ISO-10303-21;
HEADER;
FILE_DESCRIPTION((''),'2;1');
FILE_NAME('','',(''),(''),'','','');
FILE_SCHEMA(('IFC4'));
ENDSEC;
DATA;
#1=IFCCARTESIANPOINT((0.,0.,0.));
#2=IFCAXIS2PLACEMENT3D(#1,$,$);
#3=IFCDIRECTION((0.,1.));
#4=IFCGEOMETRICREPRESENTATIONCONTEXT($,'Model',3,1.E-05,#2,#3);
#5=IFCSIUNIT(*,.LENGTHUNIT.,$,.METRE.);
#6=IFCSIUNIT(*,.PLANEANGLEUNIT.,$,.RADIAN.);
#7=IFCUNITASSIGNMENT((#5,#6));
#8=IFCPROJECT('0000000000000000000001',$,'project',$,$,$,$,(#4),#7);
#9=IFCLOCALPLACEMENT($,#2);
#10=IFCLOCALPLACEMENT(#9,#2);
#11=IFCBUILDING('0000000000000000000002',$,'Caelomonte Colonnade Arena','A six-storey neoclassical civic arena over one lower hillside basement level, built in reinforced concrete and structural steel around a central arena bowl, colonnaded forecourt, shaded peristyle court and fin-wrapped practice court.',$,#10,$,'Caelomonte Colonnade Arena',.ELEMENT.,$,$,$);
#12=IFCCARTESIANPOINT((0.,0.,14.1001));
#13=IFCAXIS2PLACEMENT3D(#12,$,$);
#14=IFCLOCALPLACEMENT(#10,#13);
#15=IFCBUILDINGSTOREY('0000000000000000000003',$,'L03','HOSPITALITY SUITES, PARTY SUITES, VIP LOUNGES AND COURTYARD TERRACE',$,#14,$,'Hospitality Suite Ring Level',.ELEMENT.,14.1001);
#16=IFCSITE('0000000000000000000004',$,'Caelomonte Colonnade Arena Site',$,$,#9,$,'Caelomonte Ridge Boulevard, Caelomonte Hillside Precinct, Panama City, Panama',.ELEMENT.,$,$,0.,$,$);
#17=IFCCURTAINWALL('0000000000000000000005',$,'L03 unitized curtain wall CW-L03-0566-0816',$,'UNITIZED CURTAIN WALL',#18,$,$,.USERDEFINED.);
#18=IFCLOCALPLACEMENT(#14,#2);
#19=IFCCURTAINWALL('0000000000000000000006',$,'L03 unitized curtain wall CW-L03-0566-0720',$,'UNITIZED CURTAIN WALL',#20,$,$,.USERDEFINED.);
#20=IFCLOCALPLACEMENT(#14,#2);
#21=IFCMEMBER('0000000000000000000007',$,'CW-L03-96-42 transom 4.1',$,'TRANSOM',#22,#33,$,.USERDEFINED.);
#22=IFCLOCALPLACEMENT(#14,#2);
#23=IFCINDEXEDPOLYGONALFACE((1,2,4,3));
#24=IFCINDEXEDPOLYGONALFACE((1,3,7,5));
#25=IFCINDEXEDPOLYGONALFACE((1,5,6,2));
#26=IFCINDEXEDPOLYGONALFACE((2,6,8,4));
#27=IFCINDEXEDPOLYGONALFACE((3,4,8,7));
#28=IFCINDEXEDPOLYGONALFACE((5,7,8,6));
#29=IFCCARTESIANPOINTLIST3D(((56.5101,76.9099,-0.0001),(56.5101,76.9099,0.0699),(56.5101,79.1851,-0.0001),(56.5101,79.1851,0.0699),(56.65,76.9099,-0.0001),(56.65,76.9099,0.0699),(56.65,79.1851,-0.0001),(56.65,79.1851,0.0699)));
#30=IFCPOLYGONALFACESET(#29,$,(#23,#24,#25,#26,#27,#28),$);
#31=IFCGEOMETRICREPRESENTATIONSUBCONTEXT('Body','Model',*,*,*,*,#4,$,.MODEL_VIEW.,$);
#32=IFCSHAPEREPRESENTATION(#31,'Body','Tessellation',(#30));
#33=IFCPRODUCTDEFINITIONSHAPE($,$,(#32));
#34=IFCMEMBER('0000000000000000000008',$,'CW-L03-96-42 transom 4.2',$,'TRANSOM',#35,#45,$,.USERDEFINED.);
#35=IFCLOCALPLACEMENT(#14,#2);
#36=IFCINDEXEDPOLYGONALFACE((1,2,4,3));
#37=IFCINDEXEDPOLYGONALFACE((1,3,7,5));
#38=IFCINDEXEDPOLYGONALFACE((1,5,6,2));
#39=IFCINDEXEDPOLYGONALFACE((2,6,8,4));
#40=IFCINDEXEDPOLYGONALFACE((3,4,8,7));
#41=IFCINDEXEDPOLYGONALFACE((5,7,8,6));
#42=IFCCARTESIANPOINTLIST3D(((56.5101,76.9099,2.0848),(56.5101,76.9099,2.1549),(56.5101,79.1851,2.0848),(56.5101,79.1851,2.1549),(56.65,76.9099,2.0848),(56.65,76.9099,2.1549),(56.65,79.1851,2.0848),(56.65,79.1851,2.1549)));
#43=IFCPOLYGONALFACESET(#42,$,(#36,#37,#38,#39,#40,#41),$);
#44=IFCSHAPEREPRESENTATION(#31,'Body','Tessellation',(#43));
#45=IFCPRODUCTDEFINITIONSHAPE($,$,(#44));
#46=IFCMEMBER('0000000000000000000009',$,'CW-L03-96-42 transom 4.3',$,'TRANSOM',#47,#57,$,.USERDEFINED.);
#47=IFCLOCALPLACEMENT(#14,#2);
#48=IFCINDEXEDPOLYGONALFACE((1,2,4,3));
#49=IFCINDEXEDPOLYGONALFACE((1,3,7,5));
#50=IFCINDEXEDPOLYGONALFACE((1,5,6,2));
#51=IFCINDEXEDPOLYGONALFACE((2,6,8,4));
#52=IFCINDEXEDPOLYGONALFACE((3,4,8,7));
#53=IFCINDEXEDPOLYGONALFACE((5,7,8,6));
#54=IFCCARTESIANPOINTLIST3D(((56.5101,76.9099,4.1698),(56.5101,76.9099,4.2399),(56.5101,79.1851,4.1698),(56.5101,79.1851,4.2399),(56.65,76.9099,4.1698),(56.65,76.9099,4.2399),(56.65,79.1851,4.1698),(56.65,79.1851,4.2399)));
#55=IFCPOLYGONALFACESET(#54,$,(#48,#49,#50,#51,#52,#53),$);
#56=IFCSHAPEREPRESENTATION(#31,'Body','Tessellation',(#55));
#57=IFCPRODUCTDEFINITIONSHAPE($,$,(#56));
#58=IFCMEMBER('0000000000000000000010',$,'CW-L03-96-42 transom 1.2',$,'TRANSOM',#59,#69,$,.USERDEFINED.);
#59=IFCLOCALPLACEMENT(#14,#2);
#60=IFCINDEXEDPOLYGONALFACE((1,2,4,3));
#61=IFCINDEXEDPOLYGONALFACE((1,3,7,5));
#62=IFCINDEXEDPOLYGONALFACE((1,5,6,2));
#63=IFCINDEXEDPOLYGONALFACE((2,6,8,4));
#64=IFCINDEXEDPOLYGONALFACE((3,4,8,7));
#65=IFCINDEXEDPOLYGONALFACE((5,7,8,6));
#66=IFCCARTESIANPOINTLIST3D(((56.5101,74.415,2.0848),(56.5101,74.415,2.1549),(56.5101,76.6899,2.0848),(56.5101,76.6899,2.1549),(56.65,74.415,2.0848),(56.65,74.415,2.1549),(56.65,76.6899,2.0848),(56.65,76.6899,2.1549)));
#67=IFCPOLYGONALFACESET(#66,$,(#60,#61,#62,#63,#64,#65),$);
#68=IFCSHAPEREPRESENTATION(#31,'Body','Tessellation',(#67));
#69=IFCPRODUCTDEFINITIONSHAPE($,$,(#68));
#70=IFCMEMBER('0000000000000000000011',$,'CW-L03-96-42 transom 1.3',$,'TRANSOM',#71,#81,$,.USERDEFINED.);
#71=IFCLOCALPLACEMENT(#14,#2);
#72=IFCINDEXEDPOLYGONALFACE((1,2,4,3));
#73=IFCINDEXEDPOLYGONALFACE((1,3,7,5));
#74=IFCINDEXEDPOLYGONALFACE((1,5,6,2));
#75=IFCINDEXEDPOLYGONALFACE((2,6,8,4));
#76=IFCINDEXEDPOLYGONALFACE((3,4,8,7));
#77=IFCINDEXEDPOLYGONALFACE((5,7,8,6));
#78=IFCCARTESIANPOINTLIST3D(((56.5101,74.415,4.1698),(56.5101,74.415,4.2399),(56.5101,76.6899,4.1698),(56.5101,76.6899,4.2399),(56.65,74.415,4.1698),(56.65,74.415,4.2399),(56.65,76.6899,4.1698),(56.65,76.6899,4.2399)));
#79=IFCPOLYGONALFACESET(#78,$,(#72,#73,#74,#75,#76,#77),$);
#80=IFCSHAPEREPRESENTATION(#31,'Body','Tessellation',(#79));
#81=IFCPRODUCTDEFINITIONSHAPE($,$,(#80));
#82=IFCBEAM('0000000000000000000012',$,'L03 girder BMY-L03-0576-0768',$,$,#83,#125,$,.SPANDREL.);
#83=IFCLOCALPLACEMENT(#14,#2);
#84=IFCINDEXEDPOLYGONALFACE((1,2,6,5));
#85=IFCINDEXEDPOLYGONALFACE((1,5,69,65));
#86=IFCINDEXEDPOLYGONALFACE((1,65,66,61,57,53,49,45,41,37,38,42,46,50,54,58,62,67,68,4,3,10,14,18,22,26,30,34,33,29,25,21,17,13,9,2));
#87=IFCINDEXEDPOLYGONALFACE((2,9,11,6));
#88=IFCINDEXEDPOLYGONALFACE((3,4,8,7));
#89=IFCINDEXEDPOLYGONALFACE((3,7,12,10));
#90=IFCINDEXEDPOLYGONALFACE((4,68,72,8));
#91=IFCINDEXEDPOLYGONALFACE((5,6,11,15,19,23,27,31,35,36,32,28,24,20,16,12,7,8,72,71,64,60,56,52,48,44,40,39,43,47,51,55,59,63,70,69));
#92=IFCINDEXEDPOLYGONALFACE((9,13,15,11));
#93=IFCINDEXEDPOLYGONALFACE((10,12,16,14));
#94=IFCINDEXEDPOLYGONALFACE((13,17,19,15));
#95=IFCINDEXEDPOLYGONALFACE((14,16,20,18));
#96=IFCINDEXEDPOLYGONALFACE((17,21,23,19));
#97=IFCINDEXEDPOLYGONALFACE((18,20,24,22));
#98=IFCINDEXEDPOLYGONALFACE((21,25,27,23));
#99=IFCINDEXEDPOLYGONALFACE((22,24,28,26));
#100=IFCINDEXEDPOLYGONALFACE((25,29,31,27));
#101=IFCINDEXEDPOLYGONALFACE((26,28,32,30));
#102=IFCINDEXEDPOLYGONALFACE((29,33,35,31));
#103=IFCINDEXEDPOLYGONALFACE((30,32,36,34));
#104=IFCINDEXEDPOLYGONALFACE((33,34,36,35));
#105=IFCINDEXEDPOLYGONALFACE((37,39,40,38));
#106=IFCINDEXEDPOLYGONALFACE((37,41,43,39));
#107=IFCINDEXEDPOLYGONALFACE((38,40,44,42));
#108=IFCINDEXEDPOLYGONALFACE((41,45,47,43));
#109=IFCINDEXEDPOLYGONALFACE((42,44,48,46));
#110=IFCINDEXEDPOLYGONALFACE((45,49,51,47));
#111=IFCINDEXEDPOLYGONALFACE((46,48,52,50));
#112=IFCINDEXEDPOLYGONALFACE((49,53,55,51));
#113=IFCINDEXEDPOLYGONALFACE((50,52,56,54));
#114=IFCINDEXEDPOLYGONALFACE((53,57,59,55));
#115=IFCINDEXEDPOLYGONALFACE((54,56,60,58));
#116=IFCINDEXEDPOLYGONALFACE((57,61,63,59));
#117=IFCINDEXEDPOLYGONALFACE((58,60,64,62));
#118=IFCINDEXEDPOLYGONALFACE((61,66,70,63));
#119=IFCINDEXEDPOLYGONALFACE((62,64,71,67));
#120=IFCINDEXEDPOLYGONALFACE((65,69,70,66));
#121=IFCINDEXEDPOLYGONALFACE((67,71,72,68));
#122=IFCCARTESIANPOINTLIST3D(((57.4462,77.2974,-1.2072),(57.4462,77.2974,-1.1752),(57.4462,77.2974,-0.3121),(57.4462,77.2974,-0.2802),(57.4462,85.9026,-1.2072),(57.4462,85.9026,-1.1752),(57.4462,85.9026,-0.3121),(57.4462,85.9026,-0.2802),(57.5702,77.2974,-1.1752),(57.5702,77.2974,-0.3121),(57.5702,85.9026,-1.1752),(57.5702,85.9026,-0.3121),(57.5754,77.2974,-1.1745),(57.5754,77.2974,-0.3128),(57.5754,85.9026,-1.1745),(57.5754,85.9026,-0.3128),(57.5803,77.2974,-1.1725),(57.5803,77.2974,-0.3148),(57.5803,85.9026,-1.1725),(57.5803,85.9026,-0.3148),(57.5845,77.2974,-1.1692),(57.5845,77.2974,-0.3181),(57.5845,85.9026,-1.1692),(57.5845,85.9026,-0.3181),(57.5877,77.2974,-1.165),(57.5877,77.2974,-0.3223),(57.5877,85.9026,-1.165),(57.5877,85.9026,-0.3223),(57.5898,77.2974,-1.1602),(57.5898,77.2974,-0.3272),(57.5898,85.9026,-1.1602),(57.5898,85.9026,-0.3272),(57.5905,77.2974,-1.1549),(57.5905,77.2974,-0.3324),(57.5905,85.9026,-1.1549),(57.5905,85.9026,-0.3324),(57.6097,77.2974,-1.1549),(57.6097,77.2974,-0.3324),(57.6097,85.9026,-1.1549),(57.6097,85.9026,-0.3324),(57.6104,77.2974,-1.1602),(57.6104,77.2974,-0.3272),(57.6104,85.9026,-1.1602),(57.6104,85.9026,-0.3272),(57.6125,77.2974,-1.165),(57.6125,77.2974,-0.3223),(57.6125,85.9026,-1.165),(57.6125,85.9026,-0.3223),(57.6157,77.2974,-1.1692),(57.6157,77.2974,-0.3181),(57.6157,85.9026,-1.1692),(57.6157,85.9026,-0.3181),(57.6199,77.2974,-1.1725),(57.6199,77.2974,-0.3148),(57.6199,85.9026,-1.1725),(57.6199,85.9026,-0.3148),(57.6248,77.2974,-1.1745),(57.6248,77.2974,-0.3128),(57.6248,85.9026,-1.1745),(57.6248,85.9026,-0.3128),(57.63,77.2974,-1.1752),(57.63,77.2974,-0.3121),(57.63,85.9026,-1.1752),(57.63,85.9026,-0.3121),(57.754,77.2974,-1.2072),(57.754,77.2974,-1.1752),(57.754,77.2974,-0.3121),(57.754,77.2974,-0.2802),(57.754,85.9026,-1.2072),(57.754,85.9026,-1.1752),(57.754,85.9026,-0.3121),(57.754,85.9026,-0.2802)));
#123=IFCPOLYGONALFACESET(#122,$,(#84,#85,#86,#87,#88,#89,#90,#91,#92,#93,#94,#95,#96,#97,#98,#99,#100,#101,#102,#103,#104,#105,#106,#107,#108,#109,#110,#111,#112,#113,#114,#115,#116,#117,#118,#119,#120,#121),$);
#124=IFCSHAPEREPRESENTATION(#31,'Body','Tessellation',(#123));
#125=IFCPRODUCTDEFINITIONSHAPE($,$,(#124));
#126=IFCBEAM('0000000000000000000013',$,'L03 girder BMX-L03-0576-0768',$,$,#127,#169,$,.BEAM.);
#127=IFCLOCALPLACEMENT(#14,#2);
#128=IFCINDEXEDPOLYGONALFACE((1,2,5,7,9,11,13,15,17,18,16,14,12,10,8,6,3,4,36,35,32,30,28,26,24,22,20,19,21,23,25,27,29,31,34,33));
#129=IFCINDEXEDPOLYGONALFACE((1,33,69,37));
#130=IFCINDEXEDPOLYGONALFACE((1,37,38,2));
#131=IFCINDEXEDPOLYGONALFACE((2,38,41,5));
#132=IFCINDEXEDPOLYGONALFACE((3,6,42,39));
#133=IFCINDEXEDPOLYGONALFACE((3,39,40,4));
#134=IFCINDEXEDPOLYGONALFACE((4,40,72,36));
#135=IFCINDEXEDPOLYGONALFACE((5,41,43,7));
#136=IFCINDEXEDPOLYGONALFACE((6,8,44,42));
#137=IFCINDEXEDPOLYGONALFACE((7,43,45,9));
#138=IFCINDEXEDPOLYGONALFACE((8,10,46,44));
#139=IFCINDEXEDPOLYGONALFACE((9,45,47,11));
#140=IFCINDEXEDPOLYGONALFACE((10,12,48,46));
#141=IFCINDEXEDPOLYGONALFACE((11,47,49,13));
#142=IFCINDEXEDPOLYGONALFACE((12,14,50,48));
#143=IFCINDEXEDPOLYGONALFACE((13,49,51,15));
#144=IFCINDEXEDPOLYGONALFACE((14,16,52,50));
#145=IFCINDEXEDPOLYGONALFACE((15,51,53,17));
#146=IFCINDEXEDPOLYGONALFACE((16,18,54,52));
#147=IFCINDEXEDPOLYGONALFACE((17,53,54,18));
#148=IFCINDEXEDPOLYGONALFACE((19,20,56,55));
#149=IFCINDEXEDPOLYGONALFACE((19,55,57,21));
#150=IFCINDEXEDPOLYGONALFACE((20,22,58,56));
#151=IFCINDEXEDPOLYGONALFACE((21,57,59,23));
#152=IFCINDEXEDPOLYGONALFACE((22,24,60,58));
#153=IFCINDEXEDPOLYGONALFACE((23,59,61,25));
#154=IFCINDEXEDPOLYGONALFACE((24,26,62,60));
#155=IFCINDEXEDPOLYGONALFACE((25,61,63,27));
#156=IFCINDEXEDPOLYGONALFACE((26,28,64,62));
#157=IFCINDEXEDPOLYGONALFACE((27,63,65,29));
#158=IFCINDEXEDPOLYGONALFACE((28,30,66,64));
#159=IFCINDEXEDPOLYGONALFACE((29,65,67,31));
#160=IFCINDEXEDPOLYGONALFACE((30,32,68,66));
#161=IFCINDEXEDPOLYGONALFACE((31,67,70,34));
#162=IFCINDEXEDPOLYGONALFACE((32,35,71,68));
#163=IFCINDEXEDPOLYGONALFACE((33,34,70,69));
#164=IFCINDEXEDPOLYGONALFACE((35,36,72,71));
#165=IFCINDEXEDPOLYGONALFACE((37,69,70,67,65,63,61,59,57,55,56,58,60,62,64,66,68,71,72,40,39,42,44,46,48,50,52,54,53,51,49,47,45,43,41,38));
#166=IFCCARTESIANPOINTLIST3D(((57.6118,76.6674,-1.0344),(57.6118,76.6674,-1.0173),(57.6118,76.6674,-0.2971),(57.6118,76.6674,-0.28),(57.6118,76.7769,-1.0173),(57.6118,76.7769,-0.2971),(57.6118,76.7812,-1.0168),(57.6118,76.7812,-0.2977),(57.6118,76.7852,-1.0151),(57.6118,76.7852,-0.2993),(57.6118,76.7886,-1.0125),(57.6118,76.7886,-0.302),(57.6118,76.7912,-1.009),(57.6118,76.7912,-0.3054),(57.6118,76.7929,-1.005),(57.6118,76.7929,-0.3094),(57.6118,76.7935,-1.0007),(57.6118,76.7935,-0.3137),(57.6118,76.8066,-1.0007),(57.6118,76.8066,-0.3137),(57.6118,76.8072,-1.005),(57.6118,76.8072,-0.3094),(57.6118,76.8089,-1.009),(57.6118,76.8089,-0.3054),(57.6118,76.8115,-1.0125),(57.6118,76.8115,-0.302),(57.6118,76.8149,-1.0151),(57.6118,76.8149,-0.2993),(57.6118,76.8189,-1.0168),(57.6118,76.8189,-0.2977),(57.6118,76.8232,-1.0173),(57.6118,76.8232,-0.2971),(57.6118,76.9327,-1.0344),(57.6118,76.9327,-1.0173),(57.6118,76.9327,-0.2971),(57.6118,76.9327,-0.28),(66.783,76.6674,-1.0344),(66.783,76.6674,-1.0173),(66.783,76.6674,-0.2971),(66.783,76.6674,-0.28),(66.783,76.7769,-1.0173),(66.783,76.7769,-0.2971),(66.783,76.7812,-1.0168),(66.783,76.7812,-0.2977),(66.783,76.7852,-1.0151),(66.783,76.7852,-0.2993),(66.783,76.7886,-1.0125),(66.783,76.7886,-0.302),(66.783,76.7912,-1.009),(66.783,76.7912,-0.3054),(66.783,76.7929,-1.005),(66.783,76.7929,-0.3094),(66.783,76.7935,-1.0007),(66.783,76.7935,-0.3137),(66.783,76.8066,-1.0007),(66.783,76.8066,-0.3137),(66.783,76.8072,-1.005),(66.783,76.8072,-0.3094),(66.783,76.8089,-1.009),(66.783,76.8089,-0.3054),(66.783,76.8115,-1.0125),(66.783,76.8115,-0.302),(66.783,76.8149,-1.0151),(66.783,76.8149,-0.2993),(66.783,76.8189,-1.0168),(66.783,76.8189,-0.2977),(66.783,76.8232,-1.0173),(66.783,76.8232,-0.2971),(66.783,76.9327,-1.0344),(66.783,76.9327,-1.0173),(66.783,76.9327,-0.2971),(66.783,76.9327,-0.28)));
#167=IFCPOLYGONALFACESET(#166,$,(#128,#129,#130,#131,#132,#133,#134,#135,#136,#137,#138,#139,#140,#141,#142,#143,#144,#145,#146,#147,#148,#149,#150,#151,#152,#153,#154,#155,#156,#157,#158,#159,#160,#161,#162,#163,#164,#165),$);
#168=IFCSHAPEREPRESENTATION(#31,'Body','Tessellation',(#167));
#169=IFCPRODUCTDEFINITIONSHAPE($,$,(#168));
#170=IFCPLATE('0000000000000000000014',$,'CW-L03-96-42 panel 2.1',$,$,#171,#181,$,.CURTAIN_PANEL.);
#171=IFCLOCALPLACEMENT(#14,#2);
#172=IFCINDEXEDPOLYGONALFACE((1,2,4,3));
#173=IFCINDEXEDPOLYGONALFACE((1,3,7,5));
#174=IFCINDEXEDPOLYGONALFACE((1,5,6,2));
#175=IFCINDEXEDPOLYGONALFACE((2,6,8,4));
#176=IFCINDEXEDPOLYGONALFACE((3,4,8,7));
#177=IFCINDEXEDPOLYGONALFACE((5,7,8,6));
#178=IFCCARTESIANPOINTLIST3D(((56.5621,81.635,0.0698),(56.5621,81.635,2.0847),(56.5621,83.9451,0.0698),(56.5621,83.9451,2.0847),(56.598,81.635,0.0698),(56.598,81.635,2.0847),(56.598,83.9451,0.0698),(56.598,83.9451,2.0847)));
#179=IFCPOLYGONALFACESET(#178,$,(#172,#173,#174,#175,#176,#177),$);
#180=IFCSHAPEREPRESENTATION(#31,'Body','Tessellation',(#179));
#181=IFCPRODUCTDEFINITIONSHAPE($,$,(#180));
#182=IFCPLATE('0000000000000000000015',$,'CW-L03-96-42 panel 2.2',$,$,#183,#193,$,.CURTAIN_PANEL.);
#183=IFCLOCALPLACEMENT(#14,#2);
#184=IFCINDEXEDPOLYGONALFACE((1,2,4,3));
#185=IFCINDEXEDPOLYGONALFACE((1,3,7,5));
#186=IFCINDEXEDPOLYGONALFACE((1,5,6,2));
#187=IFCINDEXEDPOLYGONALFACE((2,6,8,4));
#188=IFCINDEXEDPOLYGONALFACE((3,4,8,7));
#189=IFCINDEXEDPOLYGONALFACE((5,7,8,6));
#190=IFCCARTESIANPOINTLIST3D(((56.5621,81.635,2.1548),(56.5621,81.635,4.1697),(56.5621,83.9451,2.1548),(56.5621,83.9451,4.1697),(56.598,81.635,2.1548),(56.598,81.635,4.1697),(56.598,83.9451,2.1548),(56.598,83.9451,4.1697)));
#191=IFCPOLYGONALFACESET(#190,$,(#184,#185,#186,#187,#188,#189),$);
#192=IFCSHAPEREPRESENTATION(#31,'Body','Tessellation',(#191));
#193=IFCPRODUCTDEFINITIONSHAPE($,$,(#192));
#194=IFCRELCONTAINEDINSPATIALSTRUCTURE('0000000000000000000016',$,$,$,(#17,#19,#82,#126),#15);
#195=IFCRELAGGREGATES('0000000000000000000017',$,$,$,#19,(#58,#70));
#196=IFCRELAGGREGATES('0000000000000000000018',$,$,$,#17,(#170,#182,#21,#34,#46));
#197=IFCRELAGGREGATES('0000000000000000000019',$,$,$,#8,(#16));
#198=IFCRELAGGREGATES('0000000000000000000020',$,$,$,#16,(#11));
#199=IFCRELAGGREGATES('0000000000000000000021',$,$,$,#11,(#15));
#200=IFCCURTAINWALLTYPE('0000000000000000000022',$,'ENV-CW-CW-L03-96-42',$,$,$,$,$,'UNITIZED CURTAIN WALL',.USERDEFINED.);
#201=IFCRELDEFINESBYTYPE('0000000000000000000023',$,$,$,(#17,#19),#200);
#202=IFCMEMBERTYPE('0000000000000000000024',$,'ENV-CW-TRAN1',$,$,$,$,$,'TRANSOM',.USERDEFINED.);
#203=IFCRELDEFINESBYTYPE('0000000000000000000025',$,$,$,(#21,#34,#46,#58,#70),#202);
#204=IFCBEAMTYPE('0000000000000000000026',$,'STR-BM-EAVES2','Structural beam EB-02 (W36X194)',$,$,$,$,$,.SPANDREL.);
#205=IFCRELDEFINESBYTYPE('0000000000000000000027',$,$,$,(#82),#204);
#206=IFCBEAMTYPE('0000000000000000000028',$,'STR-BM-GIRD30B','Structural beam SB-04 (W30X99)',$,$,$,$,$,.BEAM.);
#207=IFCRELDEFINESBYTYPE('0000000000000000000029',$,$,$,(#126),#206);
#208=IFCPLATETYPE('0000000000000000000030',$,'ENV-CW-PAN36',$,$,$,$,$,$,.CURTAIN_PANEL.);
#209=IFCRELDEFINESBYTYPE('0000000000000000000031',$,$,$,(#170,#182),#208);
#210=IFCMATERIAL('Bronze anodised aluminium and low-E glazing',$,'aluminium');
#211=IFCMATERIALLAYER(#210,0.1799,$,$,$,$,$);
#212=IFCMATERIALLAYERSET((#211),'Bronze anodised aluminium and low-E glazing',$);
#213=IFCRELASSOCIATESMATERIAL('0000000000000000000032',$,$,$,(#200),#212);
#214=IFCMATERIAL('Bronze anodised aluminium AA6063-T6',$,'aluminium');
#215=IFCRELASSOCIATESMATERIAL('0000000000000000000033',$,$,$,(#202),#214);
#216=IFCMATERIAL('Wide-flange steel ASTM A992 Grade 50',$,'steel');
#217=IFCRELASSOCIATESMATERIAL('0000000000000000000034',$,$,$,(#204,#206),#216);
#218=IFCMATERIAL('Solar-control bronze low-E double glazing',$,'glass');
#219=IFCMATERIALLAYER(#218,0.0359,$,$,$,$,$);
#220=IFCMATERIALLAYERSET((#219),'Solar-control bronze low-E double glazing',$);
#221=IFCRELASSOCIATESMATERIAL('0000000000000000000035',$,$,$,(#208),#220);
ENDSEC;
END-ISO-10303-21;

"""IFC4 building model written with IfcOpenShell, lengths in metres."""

from ifc_helpers import new_model, si_unit, direction, frame, origin, origin_2d, place, context, subcontext, project, spatial, rectangle, i_section, extrude, material, layer, layer_set, material_profile, profile_set, type_object, element, aggregate, save


model = new_model("IFC4")

# Units and contexts
model_context = context("Model", 3, precision=1e-05, world=origin(), true_north=direction((0.0, 1.0)))
body_context = subcontext(model_context, "Body", "Model", "MODEL_VIEW")
ifc_project = project(units=[si_unit("LENGTHUNIT", "METRE"), si_unit("PLANEANGLEUNIT", "RADIAN")], contexts=[model_context])

# Site, building, storey
site_placement = place(None, origin())
site = spatial("IfcSite", under=ifc_project, at=site_placement, Name="Caelomonte Colonnade Arena Site", LongName="Caelomonte Ridge Boulevard, Caelomonte Hillside Precinct, Panama City, Panama", CompositionType="ELEMENT", RefElevation=0.0)
building_placement = place(site_placement, origin())
building = spatial("IfcBuilding", under=site, at=building_placement, Name="Caelomonte Colonnade Arena", Description="A six-storey neoclassical civic arena over one lower hillside basement level, built in reinforced concrete and structural steel around a central arena bowl, colonnaded forecourt, shaded peristyle court and fin-wrapped practice court.", LongName="Caelomonte Colonnade Arena", CompositionType="ELEMENT")
storey_placement = place(building_placement, frame((0.0, 0.0, 14.1001)))
storey = spatial("IfcBuildingStorey", under=building, at=storey_placement, Name="L03", Description="HOSPITALITY SUITES, PARTY SUITES, VIP LOUNGES AND COURTYARD TERRACE", LongName="Hospitality Suite Ring Level", CompositionType="ELEMENT", Elevation=14.1001)

# Shared definitions
ifc_material_1 = material(Name="Wide-flange steel ASTM A992 Grade 50", Category="steel")

# Curtain wall
ifc_material_2 = material(Name="Bronze anodised aluminium and low-E glazing", Category="aluminium")
ifc_layer_1 = layer(ifc_material_2, 0.1799)
ifc_layer_set_1 = layer_set([ifc_layer_1], Name="Bronze anodised aluminium and low-E glazing")
curtain_wall_type = type_object("IfcCurtainWallType", Name="ENV-CW-CW-L03-96-42", ElementType="UNITIZED CURTAIN WALL", PredefinedType="USERDEFINED", material=ifc_layer_set_1)
curtain_wall_1_placement = place(storey_placement, origin())
curtain_wall_1 = element("IfcCurtainWall", 1, at=curtain_wall_1_placement, inside=storey, type_object=curtain_wall_type, Name="L03 unitized curtain wall CW-L03-0566-0816", ObjectType="UNITIZED CURTAIN WALL", PredefinedType="USERDEFINED")
ifc_material_3 = material(Name="Bronze anodised aluminium AA6063-T6", Category="aluminium")

# Curtain wall
curtain_wall_2_placement = place(storey_placement, origin())
curtain_wall_2 = element("IfcCurtainWall", 2, at=curtain_wall_2_placement, inside=storey, type_object=curtain_wall_type, Name="L03 unitized curtain wall CW-L03-0566-0720", ObjectType="UNITIZED CURTAIN WALL", PredefinedType="USERDEFINED")

# Members
ifc_material_profile_1 = material_profile(ifc_material_3, rectangle(XDim=0.0701, YDim=0.1399, at=origin_2d()), Name="CWT-70X140")
ifc_profile_set_1 = profile_set([ifc_material_profile_1], Name="Bronze anodised aluminium AA6063-T6")
member_type_1 = type_object("IfcMemberType", Name="ENV-CW-TRAN1", ElementType="TRANSOM", PredefinedType="USERDEFINED", material=ifc_profile_set_1)
member_1_placement = place(storey_placement, frame((56.5801, 79.1851, 0.0349), z_axis=(0.0, -1.0, 0.0), x_axis=(0.0, 0.0, 1.0)))
member_1 = element("IfcMember", 3, at=member_1_placement, type_object=member_type_1, Name="CW-L03-96-42 transom 4.1", ObjectType="TRANSOM", PredefinedType="USERDEFINED", context=body_context, shape_type="SweptSolid", body=[
    extrude(rectangle(XDim=0.0701, YDim=0.1399, at=origin_2d()), origin(), (0.0, 0.0, 1.0), 2.2751),
])
member_2_placement = place(storey_placement, frame((56.5801, 79.1851, 2.1199), z_axis=(0.0, -1.0, 0.0), x_axis=(0.0, 0.0, 1.0)))
member_2 = element("IfcMember", 4, at=member_2_placement, type_object=member_type_1, Name="CW-L03-96-42 transom 4.2", ObjectType="TRANSOM", PredefinedType="USERDEFINED", context=body_context, shape_type="SweptSolid", body=[
    extrude(rectangle(XDim=0.0701, YDim=0.1399, at=origin_2d()), origin(), (0.0, 0.0, 1.0), 2.2751),
])
member_3_placement = place(storey_placement, frame((56.5801, 79.1851, 4.2048), z_axis=(0.0, -1.0, 0.0), x_axis=(0.0, 0.0, 1.0)))
member_3 = element("IfcMember", 5, at=member_3_placement, type_object=member_type_1, Name="CW-L03-96-42 transom 4.3", ObjectType="TRANSOM", PredefinedType="USERDEFINED", context=body_context, shape_type="SweptSolid", body=[
    extrude(rectangle(XDim=0.0701, YDim=0.1399, at=origin_2d()), origin(), (0.0, 0.0, 1.0), 2.2751),
])
member_4_placement = place(storey_placement, frame((56.5801, 76.6899, 2.1199), z_axis=(0.0, -1.0, 0.0), x_axis=(0.0, 0.0, 1.0)))
member_4 = element("IfcMember", 6, at=member_4_placement, type_object=member_type_1, Name="CW-L03-96-42 transom 1.2", ObjectType="TRANSOM", PredefinedType="USERDEFINED", context=body_context, shape_type="SweptSolid", body=[
    extrude(rectangle(XDim=0.0701, YDim=0.1399, at=origin_2d()), origin(), (0.0, 0.0, 1.0), 2.2749),
])
member_5_placement = place(storey_placement, frame((56.5801, 76.6899, 4.2048), z_axis=(0.0, -1.0, 0.0), x_axis=(0.0, 0.0, 1.0)))
member_5 = element("IfcMember", 7, at=member_5_placement, type_object=member_type_1, Name="CW-L03-96-42 transom 1.3", ObjectType="TRANSOM", PredefinedType="USERDEFINED", context=body_context, shape_type="SweptSolid", body=[
    extrude(rectangle(XDim=0.0701, YDim=0.1399, at=origin_2d()), origin(), (0.0, 0.0, 1.0), 2.2749),
])
aggregate(curtain_wall_2, [member_4, member_5])

# Beams
ifc_material_profile_2 = material_profile(ifc_material_1, i_section(OverallWidth=0.3079, OverallDepth=0.927, WebThickness=0.0193, FlangeThickness=0.032, FilletRadius=0.0203, at=origin_2d()), Name="W36X194")
ifc_profile_set_2 = profile_set([ifc_material_profile_2], Name="Wide-flange steel ASTM A992 Grade 50")
beam_type_1 = type_object("IfcBeamType", Name="STR-BM-EAVES2", Description="Structural beam EB-02 (W36X194)", PredefinedType="SPANDREL", material=ifc_profile_set_2)
beam_1_placement = place(storey_placement, frame((57.6001, 77.2974, -0.7437), z_axis=(0.0, 1.0, 0.0), x_axis=(-1.0, 0.0, 0.0)))
element("IfcBeam", 8, at=beam_1_placement, inside=storey, type_object=beam_type_1, Name="L03 girder BMY-L03-0576-0768", PredefinedType="SPANDREL", context=body_context, shape_type="SweptSolid", body=[
    extrude(i_section(OverallWidth=0.3079, OverallDepth=0.927, WebThickness=0.0193, FlangeThickness=0.032, FilletRadius=0.0203, at=origin_2d()), origin(), (0.0, 0.0, 1.0), 8.6052),
])
ifc_material_profile_3 = material_profile(ifc_material_1, i_section(OverallWidth=0.2654, OverallDepth=0.7544, WebThickness=0.0132, FlangeThickness=0.0171, FilletRadius=0.0166, at=origin_2d()), Name="W30X99")
ifc_profile_set_3 = profile_set([ifc_material_profile_3], Name="Wide-flange steel ASTM A992 Grade 50")
beam_type_2 = type_object("IfcBeamType", Name="STR-BM-GIRD30B", Description="Structural beam SB-04 (W30X99)", PredefinedType="BEAM", material=ifc_profile_set_3)
beam_2_placement = place(storey_placement, frame((57.6118, 76.8, -0.6572), z_axis=(1.0, 0.0, 0.0), x_axis=(0.0, 1.0, 0.0)))
element("IfcBeam", 9, at=beam_2_placement, inside=storey, type_object=beam_type_2, Name="L03 girder BMX-L03-0576-0768", PredefinedType="BEAM", context=body_context, shape_type="SweptSolid", body=[
    extrude(i_section(OverallWidth=0.2654, OverallDepth=0.7544, WebThickness=0.0132, FlangeThickness=0.0171, FilletRadius=0.0166, at=origin_2d()), origin(), (0.0, 0.0, 1.0), 9.1711),
])

# Plates
ifc_material_4 = material(Name="Solar-control bronze low-E double glazing", Category="glass")
ifc_layer_2 = layer(ifc_material_4, 0.0359)
ifc_layer_set_2 = layer_set([ifc_layer_2], Name="Solar-control bronze low-E double glazing")
plate_type = type_object("IfcPlateType", Name="ENV-CW-PAN36", PredefinedType="CURTAIN_PANEL", material=ifc_layer_set_2)
plate_1_placement = place(storey_placement, frame((56.5801, 82.79, 0.0698), z_axis=(0.0, 0.0, 1.0), x_axis=(0.0, -1.0, 0.0)))
plate_1 = element("IfcPlate", 10, at=plate_1_placement, type_object=plate_type, Name="CW-L03-96-42 panel 2.1", PredefinedType="CURTAIN_PANEL", context=body_context, shape_type="SweptSolid", body=[
    extrude(rectangle(XDim=2.3101, YDim=0.0359, at=origin_2d()), origin(), (0.0, 0.0, 1.0), 2.0149),
])
plate_2_placement = place(storey_placement, frame((56.5801, 82.79, 2.1548), z_axis=(0.0, 0.0, 1.0), x_axis=(0.0, -1.0, 0.0)))
plate_2 = element("IfcPlate", 11, at=plate_2_placement, type_object=plate_type, Name="CW-L03-96-42 panel 2.2", PredefinedType="CURTAIN_PANEL", context=body_context, shape_type="SweptSolid", body=[
    extrude(rectangle(XDim=2.3101, YDim=0.0359, at=origin_2d()), origin(), (0.0, 0.0, 1.0), 2.0149),
])
aggregate(curtain_wall_1, [plate_1, plate_2, member_1, member_2, member_3])

save(model, "model.ifc")
